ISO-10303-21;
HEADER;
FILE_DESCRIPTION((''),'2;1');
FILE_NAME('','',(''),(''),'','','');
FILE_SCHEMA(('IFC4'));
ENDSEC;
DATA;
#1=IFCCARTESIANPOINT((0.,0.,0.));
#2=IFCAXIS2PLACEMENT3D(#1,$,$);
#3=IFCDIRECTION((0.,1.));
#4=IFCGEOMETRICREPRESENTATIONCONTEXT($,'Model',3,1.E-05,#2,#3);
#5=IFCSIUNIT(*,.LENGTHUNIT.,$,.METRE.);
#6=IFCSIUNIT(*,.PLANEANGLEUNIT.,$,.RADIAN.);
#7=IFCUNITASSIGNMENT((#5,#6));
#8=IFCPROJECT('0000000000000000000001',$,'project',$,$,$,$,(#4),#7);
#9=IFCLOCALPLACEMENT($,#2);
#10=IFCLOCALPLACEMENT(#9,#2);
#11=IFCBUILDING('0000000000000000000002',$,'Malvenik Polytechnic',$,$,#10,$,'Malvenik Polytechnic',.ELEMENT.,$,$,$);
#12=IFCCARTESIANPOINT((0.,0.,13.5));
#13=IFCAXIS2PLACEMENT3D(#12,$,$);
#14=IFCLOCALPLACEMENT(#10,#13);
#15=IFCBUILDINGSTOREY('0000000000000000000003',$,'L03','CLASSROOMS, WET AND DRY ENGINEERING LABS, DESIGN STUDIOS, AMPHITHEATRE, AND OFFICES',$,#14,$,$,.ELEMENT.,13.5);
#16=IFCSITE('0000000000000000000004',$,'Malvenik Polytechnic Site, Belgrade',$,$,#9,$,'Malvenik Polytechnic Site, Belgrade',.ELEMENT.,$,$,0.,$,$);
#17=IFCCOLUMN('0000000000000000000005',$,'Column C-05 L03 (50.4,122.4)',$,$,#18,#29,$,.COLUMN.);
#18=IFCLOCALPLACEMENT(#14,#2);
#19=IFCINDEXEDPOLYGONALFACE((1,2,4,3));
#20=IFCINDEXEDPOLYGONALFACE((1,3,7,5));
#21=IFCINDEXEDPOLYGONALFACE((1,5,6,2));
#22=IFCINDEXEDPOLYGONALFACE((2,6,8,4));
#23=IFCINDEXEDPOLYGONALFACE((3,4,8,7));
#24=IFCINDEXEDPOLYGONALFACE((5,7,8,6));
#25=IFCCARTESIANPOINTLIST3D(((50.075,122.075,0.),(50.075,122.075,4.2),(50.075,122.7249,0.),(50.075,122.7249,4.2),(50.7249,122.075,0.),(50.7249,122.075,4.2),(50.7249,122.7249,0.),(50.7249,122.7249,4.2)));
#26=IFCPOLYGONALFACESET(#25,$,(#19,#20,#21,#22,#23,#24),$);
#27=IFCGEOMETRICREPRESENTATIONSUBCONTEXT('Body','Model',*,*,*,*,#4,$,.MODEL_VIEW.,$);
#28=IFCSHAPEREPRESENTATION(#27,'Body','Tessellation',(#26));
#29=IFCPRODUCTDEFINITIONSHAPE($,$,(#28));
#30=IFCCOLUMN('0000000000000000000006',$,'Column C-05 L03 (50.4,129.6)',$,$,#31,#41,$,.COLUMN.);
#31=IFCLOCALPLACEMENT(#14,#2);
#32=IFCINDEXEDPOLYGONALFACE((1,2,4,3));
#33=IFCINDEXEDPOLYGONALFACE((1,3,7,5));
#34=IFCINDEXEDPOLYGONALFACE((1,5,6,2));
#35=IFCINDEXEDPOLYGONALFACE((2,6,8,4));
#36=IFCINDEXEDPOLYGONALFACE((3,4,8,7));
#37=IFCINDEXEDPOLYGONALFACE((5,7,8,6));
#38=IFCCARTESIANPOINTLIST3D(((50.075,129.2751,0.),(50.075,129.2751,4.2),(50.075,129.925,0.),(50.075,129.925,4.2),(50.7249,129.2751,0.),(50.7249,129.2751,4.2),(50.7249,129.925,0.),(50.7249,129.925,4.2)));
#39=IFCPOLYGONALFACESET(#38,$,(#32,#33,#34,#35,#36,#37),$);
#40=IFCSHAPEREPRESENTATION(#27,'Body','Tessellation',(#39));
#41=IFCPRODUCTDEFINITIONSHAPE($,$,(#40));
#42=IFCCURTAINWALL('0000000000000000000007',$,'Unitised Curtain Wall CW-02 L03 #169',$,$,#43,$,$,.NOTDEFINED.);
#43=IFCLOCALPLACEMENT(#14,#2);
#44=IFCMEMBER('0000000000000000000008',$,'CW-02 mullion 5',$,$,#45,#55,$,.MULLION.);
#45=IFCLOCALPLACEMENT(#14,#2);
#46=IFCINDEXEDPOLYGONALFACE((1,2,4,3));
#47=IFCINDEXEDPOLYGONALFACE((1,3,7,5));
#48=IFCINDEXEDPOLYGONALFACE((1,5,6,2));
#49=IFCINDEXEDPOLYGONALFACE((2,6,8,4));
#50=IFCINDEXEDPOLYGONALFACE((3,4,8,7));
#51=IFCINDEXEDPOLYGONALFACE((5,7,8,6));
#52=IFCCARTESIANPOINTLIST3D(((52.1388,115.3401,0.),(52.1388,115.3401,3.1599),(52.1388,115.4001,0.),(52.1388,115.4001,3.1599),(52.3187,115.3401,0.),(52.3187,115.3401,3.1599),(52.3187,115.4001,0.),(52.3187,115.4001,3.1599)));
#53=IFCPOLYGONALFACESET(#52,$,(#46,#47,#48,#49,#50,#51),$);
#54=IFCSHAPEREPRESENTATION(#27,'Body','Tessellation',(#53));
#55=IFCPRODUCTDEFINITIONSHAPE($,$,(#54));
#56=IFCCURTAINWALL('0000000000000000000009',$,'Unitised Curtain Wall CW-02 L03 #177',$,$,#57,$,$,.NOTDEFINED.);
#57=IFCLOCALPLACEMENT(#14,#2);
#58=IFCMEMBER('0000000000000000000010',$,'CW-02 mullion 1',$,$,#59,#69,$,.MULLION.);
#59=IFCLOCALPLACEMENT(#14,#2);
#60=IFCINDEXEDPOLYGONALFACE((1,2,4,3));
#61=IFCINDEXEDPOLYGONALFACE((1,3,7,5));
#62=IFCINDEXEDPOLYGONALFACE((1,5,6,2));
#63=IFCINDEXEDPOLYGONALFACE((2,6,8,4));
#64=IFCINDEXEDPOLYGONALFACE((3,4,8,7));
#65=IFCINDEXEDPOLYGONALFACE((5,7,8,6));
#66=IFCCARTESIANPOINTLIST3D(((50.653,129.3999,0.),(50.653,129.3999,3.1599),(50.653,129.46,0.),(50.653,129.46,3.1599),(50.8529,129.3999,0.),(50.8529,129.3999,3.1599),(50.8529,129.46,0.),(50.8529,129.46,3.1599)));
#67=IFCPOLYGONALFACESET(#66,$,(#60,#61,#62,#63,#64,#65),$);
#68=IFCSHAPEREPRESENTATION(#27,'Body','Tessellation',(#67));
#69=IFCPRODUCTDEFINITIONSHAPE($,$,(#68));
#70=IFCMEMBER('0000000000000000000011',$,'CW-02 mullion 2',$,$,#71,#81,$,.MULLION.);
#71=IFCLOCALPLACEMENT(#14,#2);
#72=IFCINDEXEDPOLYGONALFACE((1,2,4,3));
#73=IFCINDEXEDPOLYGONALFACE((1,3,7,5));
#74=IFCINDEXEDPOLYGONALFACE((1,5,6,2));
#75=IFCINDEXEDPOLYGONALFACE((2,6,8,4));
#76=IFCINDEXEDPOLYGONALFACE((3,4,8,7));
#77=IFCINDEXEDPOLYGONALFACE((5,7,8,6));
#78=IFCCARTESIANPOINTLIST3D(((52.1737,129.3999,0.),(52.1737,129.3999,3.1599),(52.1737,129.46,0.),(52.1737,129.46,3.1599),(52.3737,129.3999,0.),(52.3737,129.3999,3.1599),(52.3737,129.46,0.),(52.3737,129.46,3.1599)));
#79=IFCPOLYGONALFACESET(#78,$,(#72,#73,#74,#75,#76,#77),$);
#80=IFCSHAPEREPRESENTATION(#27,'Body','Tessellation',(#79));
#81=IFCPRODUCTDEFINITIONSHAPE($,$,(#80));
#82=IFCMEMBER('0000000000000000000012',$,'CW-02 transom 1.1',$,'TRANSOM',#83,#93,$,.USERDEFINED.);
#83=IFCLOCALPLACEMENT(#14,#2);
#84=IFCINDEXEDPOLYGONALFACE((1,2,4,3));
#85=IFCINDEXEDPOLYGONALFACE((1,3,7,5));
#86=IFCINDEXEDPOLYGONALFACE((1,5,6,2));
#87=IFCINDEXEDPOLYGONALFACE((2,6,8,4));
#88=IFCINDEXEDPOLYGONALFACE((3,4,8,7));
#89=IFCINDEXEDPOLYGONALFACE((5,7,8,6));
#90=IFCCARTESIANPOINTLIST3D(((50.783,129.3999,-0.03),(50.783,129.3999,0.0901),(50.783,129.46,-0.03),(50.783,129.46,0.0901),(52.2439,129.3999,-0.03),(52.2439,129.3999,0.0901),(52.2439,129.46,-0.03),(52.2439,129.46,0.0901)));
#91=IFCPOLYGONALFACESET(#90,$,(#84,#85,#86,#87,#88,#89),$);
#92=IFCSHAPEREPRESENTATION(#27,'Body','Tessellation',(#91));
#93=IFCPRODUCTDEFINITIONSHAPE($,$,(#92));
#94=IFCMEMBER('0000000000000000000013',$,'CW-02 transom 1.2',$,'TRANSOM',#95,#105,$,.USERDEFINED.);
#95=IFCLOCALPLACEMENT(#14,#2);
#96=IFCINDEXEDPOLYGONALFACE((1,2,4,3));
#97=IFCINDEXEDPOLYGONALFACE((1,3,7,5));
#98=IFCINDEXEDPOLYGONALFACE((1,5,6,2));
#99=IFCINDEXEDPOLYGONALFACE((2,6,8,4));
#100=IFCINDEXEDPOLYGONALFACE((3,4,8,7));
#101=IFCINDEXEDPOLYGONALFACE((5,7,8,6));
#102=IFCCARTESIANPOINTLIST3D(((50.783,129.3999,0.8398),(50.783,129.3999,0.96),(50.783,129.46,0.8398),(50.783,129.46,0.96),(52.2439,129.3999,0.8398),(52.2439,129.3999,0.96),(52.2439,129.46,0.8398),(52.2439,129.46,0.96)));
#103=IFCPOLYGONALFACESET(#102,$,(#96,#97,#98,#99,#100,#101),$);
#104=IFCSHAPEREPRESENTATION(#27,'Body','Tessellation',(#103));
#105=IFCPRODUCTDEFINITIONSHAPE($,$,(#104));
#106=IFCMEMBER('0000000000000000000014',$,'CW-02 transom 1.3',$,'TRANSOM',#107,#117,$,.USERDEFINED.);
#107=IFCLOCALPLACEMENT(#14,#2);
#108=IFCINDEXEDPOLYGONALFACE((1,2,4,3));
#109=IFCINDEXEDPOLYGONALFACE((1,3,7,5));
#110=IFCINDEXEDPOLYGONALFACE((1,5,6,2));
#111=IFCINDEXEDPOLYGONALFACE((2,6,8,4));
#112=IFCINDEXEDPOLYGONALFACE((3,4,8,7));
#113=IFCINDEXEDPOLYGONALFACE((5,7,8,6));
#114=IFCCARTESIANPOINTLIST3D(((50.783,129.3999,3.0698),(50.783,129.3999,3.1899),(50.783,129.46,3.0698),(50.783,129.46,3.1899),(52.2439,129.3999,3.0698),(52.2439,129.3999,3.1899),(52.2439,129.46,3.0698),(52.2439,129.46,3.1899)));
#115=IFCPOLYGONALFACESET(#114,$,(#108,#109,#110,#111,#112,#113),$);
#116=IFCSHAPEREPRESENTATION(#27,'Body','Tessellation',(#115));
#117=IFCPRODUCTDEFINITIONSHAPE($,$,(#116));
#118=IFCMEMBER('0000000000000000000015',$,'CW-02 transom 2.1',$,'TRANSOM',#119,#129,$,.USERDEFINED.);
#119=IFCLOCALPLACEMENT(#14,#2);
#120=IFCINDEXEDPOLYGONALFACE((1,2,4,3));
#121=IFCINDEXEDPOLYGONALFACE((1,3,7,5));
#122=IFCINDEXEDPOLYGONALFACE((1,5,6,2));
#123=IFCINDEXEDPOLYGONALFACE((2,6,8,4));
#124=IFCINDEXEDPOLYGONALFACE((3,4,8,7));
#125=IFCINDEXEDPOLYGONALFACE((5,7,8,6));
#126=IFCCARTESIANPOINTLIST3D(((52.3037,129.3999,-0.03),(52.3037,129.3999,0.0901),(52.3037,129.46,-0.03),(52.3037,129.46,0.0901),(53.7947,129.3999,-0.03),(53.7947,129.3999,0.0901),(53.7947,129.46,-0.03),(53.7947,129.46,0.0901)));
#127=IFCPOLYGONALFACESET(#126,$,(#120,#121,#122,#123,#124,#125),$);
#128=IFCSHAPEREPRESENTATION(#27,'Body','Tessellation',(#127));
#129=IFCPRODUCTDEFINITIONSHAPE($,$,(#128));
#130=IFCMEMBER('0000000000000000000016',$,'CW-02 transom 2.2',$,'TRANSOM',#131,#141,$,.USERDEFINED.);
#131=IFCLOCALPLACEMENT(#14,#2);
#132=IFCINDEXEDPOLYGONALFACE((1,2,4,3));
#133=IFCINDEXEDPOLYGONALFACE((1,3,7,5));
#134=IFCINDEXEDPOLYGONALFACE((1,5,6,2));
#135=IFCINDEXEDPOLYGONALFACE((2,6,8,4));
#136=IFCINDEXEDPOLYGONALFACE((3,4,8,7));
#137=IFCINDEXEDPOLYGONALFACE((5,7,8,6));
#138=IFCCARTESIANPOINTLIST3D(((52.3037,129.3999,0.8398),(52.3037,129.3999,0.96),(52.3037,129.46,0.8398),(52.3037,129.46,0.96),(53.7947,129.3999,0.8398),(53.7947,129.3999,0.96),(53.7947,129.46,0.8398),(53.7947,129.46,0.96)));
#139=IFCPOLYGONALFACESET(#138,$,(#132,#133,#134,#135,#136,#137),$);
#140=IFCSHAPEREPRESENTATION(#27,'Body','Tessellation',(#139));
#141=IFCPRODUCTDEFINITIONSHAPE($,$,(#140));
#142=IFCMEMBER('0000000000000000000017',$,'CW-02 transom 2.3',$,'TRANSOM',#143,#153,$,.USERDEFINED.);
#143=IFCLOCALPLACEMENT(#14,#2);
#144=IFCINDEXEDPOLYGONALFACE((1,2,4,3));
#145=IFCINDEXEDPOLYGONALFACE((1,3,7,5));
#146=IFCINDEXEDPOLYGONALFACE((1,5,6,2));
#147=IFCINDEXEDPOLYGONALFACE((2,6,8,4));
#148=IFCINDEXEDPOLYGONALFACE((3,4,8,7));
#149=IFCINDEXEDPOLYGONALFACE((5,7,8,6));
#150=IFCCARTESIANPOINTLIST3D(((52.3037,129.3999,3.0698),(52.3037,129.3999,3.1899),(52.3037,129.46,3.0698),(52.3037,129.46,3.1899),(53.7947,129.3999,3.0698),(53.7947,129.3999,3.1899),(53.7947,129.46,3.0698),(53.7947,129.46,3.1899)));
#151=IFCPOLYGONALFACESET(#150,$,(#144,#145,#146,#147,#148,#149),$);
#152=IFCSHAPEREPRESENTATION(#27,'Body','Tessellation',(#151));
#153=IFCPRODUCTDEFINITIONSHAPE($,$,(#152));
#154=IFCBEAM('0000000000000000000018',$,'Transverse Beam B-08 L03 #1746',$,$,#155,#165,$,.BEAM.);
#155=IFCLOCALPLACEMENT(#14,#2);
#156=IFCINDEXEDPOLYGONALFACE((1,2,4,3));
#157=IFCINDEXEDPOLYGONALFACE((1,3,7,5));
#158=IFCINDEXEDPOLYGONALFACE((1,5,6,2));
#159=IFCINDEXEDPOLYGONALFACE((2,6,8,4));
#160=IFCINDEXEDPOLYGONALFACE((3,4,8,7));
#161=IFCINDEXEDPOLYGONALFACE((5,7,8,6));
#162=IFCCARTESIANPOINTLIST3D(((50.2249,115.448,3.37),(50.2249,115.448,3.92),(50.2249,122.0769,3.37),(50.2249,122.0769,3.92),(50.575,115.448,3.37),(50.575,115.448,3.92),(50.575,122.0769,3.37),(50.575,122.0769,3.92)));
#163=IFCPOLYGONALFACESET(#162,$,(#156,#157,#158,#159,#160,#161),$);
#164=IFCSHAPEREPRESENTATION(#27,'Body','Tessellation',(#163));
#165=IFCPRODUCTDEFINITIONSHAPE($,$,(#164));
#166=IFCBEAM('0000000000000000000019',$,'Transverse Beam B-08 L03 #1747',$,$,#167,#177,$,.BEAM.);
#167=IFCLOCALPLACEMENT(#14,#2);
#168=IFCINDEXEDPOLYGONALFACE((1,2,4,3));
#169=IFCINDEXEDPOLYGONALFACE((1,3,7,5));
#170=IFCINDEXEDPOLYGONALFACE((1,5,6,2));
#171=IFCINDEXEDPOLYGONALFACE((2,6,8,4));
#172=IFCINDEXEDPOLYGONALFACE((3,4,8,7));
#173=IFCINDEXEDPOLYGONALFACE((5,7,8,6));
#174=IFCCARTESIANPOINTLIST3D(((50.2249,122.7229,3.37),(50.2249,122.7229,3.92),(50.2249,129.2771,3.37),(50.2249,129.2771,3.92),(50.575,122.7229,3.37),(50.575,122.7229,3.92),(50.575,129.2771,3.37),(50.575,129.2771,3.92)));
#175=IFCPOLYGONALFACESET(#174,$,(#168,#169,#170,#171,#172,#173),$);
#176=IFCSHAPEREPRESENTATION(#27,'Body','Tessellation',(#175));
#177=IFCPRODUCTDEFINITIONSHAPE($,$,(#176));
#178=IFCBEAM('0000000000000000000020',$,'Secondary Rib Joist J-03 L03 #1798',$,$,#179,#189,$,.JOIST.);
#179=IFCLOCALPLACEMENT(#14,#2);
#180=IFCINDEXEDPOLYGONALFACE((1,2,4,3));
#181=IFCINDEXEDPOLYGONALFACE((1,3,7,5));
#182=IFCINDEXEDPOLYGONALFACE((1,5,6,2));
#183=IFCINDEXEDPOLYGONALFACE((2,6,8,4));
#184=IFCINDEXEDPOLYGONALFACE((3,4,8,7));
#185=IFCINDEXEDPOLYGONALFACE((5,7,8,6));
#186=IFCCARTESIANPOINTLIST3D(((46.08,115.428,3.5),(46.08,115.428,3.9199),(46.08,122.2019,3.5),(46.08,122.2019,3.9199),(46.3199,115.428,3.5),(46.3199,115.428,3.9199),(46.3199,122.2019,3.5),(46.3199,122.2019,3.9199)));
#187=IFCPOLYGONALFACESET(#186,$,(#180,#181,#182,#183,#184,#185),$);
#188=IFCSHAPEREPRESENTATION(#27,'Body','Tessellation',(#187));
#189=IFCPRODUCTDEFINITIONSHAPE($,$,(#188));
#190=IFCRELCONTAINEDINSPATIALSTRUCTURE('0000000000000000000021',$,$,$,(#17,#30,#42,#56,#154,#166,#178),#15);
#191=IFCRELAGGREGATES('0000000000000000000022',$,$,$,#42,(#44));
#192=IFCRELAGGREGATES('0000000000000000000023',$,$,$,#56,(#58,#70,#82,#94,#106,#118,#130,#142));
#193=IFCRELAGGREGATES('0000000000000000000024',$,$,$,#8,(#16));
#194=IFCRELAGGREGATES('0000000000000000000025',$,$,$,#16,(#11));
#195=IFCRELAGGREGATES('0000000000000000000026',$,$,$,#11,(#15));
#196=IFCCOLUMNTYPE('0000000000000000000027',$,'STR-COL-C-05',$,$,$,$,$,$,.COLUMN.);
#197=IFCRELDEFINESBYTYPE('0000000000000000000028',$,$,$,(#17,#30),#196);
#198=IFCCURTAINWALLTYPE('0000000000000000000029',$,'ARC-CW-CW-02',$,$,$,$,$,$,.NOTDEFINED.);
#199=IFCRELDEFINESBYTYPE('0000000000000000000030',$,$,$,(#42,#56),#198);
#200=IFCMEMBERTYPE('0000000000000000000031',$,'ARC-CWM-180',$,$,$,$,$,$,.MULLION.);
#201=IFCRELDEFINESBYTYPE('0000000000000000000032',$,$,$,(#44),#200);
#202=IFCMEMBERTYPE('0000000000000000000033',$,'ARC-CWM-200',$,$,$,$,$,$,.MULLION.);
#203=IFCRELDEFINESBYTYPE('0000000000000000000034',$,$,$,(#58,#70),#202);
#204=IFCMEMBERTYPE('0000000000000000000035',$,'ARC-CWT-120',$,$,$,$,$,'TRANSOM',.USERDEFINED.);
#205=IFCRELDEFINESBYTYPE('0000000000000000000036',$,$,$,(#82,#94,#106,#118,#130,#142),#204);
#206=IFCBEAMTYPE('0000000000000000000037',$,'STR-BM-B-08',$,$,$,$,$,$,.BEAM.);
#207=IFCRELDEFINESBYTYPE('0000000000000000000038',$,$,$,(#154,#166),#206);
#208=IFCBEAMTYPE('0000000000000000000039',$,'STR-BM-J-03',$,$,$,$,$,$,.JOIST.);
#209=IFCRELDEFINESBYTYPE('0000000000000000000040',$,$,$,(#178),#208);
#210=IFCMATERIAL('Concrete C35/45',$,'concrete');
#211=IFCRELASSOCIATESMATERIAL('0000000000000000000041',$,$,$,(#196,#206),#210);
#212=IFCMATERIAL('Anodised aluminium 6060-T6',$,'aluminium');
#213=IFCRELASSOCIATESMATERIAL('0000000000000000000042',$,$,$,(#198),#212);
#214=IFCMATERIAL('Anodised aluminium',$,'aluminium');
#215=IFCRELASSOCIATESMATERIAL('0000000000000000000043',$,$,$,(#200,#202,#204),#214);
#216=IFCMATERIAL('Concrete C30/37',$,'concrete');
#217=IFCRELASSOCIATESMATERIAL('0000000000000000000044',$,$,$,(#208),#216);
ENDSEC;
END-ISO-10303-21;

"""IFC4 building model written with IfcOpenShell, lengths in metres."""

from ifc_helpers import new_model, si_unit, direction, frame, origin, origin_2d, place, context, subcontext, project, spatial, rectangle, extrude, material, material_profile, profile_set, type_object, element, aggregate, save


model = new_model("IFC4")

# Units and contexts
model_context = context("Model", 3, precision=1e-05, world=origin(), true_north=direction((0.0, 1.0)))
body_context = subcontext(model_context, "Body", "Model", "MODEL_VIEW")
ifc_project = project(units=[si_unit("LENGTHUNIT", "METRE"), si_unit("PLANEANGLEUNIT", "RADIAN")], contexts=[model_context])

# Site, building, storey
site_placement = place(None, origin())
site = spatial("IfcSite", under=ifc_project, at=site_placement, Name="Malvenik Polytechnic Site, Belgrade", LongName="Malvenik Polytechnic Site, Belgrade", CompositionType="ELEMENT", RefElevation=0.0)
building_placement = place(site_placement, origin())
building = spatial("IfcBuilding", under=site, at=building_placement, Name="Malvenik Polytechnic", LongName="Malvenik Polytechnic", CompositionType="ELEMENT")
storey_placement = place(building_placement, frame((0.0, 0.0, 13.5)))
storey = spatial("IfcBuildingStorey", under=building, at=storey_placement, Name="L03", Description="CLASSROOMS, WET AND DRY ENGINEERING LABS, DESIGN STUDIOS, AMPHITHEATRE, AND OFFICES", CompositionType="ELEMENT", Elevation=13.5)

# Columns
ifc_material_1 = material(Name="Concrete C35/45", Category="concrete")
ifc_material_profile_1 = material_profile(ifc_material_1, rectangle(XDim=0.6499, YDim=0.6499, at=origin_2d()), Name="RC COL 650x650")
ifc_profile_set_1 = profile_set([ifc_material_profile_1], Name="Concrete C35/45")
column_type = type_object("IfcColumnType", Name="STR-COL-C-05", PredefinedType="COLUMN", material=ifc_profile_set_1)
for number, where, z_axis, x_axis, name in (
    (1, (50.3999, 122.3999, 0.0), (0.0, 0.0, 1.0), (1.0, 0.0, 0.0), "Column C-05 L03 (50.4,122.4)"),
    (2, (50.3999, 129.6001, 0.0), (0.0, 0.0, 1.0), (1.0, 0.0, 0.0), "Column C-05 L03 (50.4,129.6)"),
):
    element("IfcColumn", number, at=place(storey_placement, frame(where, z_axis=z_axis, x_axis=x_axis)), inside=storey, type_object=column_type, Name=name, PredefinedType="COLUMN", context=body_context, shape_type="SweptSolid", body=[
        extrude(rectangle(XDim=0.6499, YDim=0.6499, at=origin_2d()), origin(), (0.0, 0.0, 1.0), 4.2),
    ])

# Curtain wall, member
ifc_material_2 = material(Name="Anodised aluminium 6060-T6", Category="aluminium")
curtain_wall_type = type_object("IfcCurtainWallType", Name="ARC-CW-CW-02", PredefinedType="NOTDEFINED", material=ifc_material_2)
curtain_wall_1_placement = place(storey_placement, origin())
curtain_wall_1 = element("IfcCurtainWall", 3, at=curtain_wall_1_placement, inside=storey, type_object=curtain_wall_type, Name="Unitised Curtain Wall CW-02 L03 #169", PredefinedType="NOTDEFINED")
ifc_material_3 = material(Name="Anodised aluminium", Category="aluminium")
ifc_material_profile_2 = material_profile(ifc_material_3, rectangle(XDim=0.0601, YDim=0.1799, at=origin_2d()), Name="ALU MULLION 60x180")
ifc_profile_set_2 = profile_set([ifc_material_profile_2], Name="Anodised aluminium")
member_type_1 = type_object("IfcMemberType", Name="ARC-CWM-180", PredefinedType="MULLION", material=ifc_profile_set_2)
member_1_placement = place(storey_placement, frame((52.2288, 115.3701, 0.0), z_axis=(0.0, 0.0, 1.0), x_axis=(0.0, -1.0, 0.0)))
member_1 = element("IfcMember", 4, at=member_1_placement, type_object=member_type_1, Name="CW-02 mullion 5", PredefinedType="MULLION", context=body_context, shape_type="SweptSolid", body=[
    extrude(rectangle(XDim=0.0601, YDim=0.1799, at=origin_2d()), origin(), (0.0, 0.0, 1.0), 3.1599),
])
aggregate(curtain_wall_1, [member_1])

# Curtain wall, members
curtain_wall_2_placement = place(storey_placement, origin())
curtain_wall_2 = element("IfcCurtainWall", 5, at=curtain_wall_2_placement, inside=storey, type_object=curtain_wall_type, Name="Unitised Curtain Wall CW-02 L03 #177", PredefinedType="NOTDEFINED")
ifc_material_profile_3 = material_profile(ifc_material_3, rectangle(XDim=0.0601, YDim=0.2, at=origin_2d()), Name="ALU MULLION 60x200")
ifc_profile_set_3 = profile_set([ifc_material_profile_3], Name="Anodised aluminium")
member_type_2 = type_object("IfcMemberType", Name="ARC-CWM-200", PredefinedType="MULLION", material=ifc_profile_set_3)
member_2_placement = place(storey_placement, frame((50.7529, 129.4299, 0.0), z_axis=(0.0, 0.0, 1.0), x_axis=(0.0, 1.0, 0.0)))
member_2 = element("IfcMember", 6, at=member_2_placement, type_object=member_type_2, Name="CW-02 mullion 1", PredefinedType="MULLION", context=body_context, shape_type="SweptSolid", body=[
    extrude(rectangle(XDim=0.0601, YDim=0.2, at=origin_2d()), origin(), (0.0, 0.0, 1.0), 3.1599),
])
member_3_placement = place(storey_placement, frame((52.2737, 129.4299, 0.0), z_axis=(0.0, 0.0, 1.0), x_axis=(0.0, 1.0, 0.0)))
member_3 = element("IfcMember", 7, at=member_3_placement, type_object=member_type_2, Name="CW-02 mullion 2", PredefinedType="MULLION", context=body_context, shape_type="SweptSolid", body=[
    extrude(rectangle(XDim=0.0601, YDim=0.2, at=origin_2d()), origin(), (0.0, 0.0, 1.0), 3.1599),
])
ifc_material_profile_4 = material_profile(ifc_material_3, rectangle(XDim=0.0601, YDim=0.1201, at=origin_2d()), Name="ALU TRANSOM 60x120")
ifc_profile_set_4 = profile_set([ifc_material_profile_4], Name="Anodised aluminium")
member_type_3 = type_object("IfcMemberType", Name="ARC-CWT-120", ElementType="TRANSOM", PredefinedType="USERDEFINED", material=ifc_profile_set_4)
member_4_placement = place(storey_placement, frame((50.783, 129.4299, 0.03), z_axis=(1.0, 0.0, 0.0), x_axis=(0.0, 1.0, 0.0)))
member_4 = element("IfcMember", 8, at=member_4_placement, type_object=member_type_3, Name="CW-02 transom 1.1", ObjectType="TRANSOM", PredefinedType="USERDEFINED", context=body_context, shape_type="SweptSolid", body=[
    extrude(rectangle(XDim=0.0601, YDim=0.1201, at=origin_2d()), origin(), (0.0, 0.0, 1.0), 1.4609),
])
member_5_placement = place(storey_placement, frame((50.783, 129.4299, 0.8999), z_axis=(1.0, 0.0, 0.0), x_axis=(0.0, 1.0, 0.0)))
member_5 = element("IfcMember", 9, at=member_5_placement, type_object=member_type_3, Name="CW-02 transom 1.2", ObjectType="TRANSOM", PredefinedType="USERDEFINED", context=body_context, shape_type="SweptSolid", body=[
    extrude(rectangle(XDim=0.0601, YDim=0.1201, at=origin_2d()), origin(), (0.0, 0.0, 1.0), 1.4609),
])
member_6_placement = place(storey_placement, frame((50.783, 129.4299, 3.1299), z_axis=(1.0, 0.0, 0.0), x_axis=(0.0, 1.0, 0.0)))
member_6 = element("IfcMember", 10, at=member_6_placement, type_object=member_type_3, Name="CW-02 transom 1.3", ObjectType="TRANSOM", PredefinedType="USERDEFINED", context=body_context, shape_type="SweptSolid", body=[
    extrude(rectangle(XDim=0.0601, YDim=0.1201, at=origin_2d()), origin(), (0.0, 0.0, 1.0), 1.4609),
])
member_7_placement = place(storey_placement, frame((52.3037, 129.4299, 0.03), z_axis=(1.0, 0.0, 0.0), x_axis=(0.0, 1.0, 0.0)))
member_7 = element("IfcMember", 11, at=member_7_placement, type_object=member_type_3, Name="CW-02 transom 2.1", ObjectType="TRANSOM", PredefinedType="USERDEFINED", context=body_context, shape_type="SweptSolid", body=[
    extrude(rectangle(XDim=0.0601, YDim=0.1201, at=origin_2d()), origin(), (0.0, 0.0, 1.0), 1.491),
])
member_8_placement = place(storey_placement, frame((52.3037, 129.4299, 0.8999), z_axis=(1.0, 0.0, 0.0), x_axis=(0.0, 1.0, 0.0)))
member_8 = element("IfcMember", 12, at=member_8_placement, type_object=member_type_3, Name="CW-02 transom 2.2", ObjectType="TRANSOM", PredefinedType="USERDEFINED", context=body_context, shape_type="SweptSolid", body=[
    extrude(rectangle(XDim=0.0601, YDim=0.1201, at=origin_2d()), origin(), (0.0, 0.0, 1.0), 1.491),
])
member_9_placement = place(storey_placement, frame((52.3037, 129.4299, 3.1299), z_axis=(1.0, 0.0, 0.0), x_axis=(0.0, 1.0, 0.0)))
member_9 = element("IfcMember", 13, at=member_9_placement, type_object=member_type_3, Name="CW-02 transom 2.3", ObjectType="TRANSOM", PredefinedType="USERDEFINED", context=body_context, shape_type="SweptSolid", body=[
    extrude(rectangle(XDim=0.0601, YDim=0.1201, at=origin_2d()), origin(), (0.0, 0.0, 1.0), 1.491),
])

# Beams
ifc_material_profile_5 = material_profile(ifc_material_1, rectangle(XDim=0.3501, YDim=0.55, at=origin_2d()), Name="RC BM 350x550")
ifc_profile_set_5 = profile_set([ifc_material_profile_5], Name="Concrete C35/45")
beam_type_1 = type_object("IfcBeamType", Name="STR-BM-B-08", PredefinedType="BEAM", material=ifc_profile_set_5)
beam_1_placement = place(storey_placement, frame((50.3999, 115.448, 3.645), z_axis=(0.0, 1.0, 0.0), x_axis=(-1.0, 0.0, 0.0)))
element("IfcBeam", 14, at=beam_1_placement, inside=storey, type_object=beam_type_1, Name="Transverse Beam B-08 L03 #1746", PredefinedType="BEAM", context=body_context, shape_type="SweptSolid", body=[
    extrude(rectangle(XDim=0.3501, YDim=0.55, at=origin_2d()), origin(), (0.0, 0.0, 1.0), 6.6289),
])
beam_2_placement = place(storey_placement, frame((50.3999, 122.7229, 3.645), z_axis=(0.0, 1.0, 0.0), x_axis=(-1.0, 0.0, 0.0)))
element("IfcBeam", 15, at=beam_2_placement, inside=storey, type_object=beam_type_1, Name="Transverse Beam B-08 L03 #1747", PredefinedType="BEAM", context=body_context, shape_type="SweptSolid", body=[
    extrude(rectangle(XDim=0.3501, YDim=0.55, at=origin_2d()), origin(), (0.0, 0.0, 1.0), 6.5542),
])
ifc_material_4 = material(Name="Concrete C30/37", Category="concrete")
ifc_material_profile_6 = material_profile(ifc_material_4, rectangle(XDim=0.24, YDim=0.4199, at=origin_2d()), Name="RC JST 240x420")
ifc_profile_set_6 = profile_set([ifc_material_profile_6], Name="Concrete C30/37")
beam_type_2 = type_object("IfcBeamType", Name="STR-BM-J-03", PredefinedType="JOIST", material=ifc_profile_set_6)
beam_3_placement = place(storey_placement, frame((46.2, 115.428, 3.71), z_axis=(0.0, 1.0, 0.0), x_axis=(-1.0, 0.0, 0.0)))
element("IfcBeam", 16, at=beam_3_placement, inside=storey, type_object=beam_type_2, Name="Secondary Rib Joist J-03 L03 #1798", PredefinedType="JOIST", context=body_context, shape_type="SweptSolid", body=[
    extrude(rectangle(XDim=0.24, YDim=0.4199, at=origin_2d()), origin(), (0.0, 0.0, 1.0), 6.7739),
])

aggregate(curtain_wall_2, [member_2, member_3, member_4, member_5, member_6, member_7, member_8, member_9])

save(model, "model.ifc")
